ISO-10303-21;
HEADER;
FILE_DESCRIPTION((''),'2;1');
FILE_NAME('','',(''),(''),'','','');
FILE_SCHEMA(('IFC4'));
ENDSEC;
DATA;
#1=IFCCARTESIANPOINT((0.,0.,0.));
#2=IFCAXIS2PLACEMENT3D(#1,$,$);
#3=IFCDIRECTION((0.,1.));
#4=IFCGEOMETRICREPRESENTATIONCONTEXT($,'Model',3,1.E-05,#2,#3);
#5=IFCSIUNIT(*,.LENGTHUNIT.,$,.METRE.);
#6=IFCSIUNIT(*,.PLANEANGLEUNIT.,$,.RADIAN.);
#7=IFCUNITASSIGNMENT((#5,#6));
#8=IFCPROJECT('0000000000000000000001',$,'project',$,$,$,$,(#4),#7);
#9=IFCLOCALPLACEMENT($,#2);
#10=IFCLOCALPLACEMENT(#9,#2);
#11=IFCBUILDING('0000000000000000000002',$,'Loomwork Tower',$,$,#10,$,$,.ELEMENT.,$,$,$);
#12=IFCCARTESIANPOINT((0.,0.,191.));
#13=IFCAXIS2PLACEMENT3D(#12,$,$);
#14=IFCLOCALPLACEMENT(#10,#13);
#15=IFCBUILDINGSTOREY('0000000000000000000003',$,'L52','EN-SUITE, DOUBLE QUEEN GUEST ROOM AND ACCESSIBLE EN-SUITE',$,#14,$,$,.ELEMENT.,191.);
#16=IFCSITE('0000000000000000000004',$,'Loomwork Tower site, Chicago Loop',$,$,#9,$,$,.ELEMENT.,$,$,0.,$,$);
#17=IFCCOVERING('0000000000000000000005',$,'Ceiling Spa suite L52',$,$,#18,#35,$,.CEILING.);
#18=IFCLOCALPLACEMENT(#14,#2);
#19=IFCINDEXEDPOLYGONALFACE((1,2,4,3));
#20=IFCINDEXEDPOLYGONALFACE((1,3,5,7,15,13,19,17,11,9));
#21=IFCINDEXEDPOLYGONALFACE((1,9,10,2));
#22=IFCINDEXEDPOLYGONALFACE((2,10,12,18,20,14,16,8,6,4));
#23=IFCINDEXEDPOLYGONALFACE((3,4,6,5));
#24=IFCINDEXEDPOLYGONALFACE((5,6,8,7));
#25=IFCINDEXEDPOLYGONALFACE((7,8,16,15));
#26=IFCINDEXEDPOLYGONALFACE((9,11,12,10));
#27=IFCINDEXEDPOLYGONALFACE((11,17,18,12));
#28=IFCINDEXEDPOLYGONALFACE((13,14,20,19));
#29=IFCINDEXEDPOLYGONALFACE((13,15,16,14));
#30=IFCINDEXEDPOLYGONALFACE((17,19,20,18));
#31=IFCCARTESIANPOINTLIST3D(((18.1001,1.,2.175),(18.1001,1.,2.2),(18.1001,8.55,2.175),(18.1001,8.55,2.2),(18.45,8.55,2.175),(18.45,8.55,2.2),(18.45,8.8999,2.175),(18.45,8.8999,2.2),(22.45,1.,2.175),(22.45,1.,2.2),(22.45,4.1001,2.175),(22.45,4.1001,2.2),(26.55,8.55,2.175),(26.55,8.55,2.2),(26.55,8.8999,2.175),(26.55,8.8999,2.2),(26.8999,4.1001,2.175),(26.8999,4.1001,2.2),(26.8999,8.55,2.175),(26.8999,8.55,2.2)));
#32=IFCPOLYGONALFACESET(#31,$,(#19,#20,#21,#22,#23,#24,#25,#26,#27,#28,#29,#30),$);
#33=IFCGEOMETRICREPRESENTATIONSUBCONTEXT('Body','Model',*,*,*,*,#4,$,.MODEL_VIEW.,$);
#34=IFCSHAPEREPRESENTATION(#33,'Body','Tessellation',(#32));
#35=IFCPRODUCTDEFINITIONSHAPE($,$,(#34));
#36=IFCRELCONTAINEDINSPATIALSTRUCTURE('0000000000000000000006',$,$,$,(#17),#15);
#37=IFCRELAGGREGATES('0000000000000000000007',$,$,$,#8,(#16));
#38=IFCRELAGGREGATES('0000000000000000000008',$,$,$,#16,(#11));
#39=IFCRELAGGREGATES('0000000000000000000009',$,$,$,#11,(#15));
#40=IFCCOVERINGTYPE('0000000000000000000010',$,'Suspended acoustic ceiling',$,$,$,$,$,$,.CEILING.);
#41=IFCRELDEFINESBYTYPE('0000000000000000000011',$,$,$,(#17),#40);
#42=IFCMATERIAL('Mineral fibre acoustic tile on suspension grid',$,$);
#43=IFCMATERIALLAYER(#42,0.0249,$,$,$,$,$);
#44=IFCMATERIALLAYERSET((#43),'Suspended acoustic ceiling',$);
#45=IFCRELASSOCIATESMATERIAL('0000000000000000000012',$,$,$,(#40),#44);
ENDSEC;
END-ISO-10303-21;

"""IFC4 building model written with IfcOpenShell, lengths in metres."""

from ifc_helpers import new_model, si_unit, direction, frame, origin, place, context, subcontext, project, spatial, polyline, outline, extrude, material, layer, layer_set, type_object, element, save


model = new_model("IFC4")

# Units and contexts
model_context = context("Model", 3, precision=1e-05, world=origin(), true_north=direction((0.0, 1.0)))
body_context = subcontext(model_context, "Body", "Model", "MODEL_VIEW")
ifc_project = project(units=[si_unit("LENGTHUNIT", "METRE"), si_unit("PLANEANGLEUNIT", "RADIAN")], contexts=[model_context])

# Site, building, storey
site_placement = place(None, origin())
site = spatial("IfcSite", under=ifc_project, at=site_placement, Name="Loomwork Tower site, Chicago Loop", CompositionType="ELEMENT", RefElevation=0.0)
building_placement = place(site_placement, origin())
building = spatial("IfcBuilding", under=site, at=building_placement, Name="Loomwork Tower", CompositionType="ELEMENT")
storey_placement = place(building_placement, frame((0.0, 0.0, 191.0)))
storey = spatial("IfcBuildingStorey", under=building, at=storey_placement, Name="L52", Description="EN-SUITE, DOUBLE QUEEN GUEST ROOM AND ACCESSIBLE EN-SUITE", CompositionType="ELEMENT", Elevation=191.0)

# Covering
ifc_material_1 = material(Name="Mineral fibre acoustic tile on suspension grid")
ifc_layer_1 = layer(ifc_material_1, 0.0249)
ifc_layer_set_1 = layer_set([ifc_layer_1], Name="Suspended acoustic ceiling")
covering_type_1 = type_object("IfcCoveringType", Name="Suspended acoustic ceiling", PredefinedType="CEILING", material=ifc_layer_set_1)
covering_1_placement = place(storey_placement, frame((0.0, 0.0, 2.175)))
element("IfcCovering", 1, at=covering_1_placement, inside=storey, type_object=covering_type_1, Name="Ceiling Spa suite L52", PredefinedType="CEILING", context=body_context, shape_type="SweptSolid", body=[
    extrude(outline(polyline([(26.55, 8.8999), (26.55, 8.55), (26.8999, 8.55), (26.8999, 4.1001), (22.45, 4.1001), (22.45, 1.0), (18.1001, 1.0), (18.1001, 8.55), (18.45, 8.55), (18.45, 8.8999), (26.55, 8.8999)])), origin(), (0.0, 0.0, 1.0), 0.0249),
])

save(model, "model.ifc")
